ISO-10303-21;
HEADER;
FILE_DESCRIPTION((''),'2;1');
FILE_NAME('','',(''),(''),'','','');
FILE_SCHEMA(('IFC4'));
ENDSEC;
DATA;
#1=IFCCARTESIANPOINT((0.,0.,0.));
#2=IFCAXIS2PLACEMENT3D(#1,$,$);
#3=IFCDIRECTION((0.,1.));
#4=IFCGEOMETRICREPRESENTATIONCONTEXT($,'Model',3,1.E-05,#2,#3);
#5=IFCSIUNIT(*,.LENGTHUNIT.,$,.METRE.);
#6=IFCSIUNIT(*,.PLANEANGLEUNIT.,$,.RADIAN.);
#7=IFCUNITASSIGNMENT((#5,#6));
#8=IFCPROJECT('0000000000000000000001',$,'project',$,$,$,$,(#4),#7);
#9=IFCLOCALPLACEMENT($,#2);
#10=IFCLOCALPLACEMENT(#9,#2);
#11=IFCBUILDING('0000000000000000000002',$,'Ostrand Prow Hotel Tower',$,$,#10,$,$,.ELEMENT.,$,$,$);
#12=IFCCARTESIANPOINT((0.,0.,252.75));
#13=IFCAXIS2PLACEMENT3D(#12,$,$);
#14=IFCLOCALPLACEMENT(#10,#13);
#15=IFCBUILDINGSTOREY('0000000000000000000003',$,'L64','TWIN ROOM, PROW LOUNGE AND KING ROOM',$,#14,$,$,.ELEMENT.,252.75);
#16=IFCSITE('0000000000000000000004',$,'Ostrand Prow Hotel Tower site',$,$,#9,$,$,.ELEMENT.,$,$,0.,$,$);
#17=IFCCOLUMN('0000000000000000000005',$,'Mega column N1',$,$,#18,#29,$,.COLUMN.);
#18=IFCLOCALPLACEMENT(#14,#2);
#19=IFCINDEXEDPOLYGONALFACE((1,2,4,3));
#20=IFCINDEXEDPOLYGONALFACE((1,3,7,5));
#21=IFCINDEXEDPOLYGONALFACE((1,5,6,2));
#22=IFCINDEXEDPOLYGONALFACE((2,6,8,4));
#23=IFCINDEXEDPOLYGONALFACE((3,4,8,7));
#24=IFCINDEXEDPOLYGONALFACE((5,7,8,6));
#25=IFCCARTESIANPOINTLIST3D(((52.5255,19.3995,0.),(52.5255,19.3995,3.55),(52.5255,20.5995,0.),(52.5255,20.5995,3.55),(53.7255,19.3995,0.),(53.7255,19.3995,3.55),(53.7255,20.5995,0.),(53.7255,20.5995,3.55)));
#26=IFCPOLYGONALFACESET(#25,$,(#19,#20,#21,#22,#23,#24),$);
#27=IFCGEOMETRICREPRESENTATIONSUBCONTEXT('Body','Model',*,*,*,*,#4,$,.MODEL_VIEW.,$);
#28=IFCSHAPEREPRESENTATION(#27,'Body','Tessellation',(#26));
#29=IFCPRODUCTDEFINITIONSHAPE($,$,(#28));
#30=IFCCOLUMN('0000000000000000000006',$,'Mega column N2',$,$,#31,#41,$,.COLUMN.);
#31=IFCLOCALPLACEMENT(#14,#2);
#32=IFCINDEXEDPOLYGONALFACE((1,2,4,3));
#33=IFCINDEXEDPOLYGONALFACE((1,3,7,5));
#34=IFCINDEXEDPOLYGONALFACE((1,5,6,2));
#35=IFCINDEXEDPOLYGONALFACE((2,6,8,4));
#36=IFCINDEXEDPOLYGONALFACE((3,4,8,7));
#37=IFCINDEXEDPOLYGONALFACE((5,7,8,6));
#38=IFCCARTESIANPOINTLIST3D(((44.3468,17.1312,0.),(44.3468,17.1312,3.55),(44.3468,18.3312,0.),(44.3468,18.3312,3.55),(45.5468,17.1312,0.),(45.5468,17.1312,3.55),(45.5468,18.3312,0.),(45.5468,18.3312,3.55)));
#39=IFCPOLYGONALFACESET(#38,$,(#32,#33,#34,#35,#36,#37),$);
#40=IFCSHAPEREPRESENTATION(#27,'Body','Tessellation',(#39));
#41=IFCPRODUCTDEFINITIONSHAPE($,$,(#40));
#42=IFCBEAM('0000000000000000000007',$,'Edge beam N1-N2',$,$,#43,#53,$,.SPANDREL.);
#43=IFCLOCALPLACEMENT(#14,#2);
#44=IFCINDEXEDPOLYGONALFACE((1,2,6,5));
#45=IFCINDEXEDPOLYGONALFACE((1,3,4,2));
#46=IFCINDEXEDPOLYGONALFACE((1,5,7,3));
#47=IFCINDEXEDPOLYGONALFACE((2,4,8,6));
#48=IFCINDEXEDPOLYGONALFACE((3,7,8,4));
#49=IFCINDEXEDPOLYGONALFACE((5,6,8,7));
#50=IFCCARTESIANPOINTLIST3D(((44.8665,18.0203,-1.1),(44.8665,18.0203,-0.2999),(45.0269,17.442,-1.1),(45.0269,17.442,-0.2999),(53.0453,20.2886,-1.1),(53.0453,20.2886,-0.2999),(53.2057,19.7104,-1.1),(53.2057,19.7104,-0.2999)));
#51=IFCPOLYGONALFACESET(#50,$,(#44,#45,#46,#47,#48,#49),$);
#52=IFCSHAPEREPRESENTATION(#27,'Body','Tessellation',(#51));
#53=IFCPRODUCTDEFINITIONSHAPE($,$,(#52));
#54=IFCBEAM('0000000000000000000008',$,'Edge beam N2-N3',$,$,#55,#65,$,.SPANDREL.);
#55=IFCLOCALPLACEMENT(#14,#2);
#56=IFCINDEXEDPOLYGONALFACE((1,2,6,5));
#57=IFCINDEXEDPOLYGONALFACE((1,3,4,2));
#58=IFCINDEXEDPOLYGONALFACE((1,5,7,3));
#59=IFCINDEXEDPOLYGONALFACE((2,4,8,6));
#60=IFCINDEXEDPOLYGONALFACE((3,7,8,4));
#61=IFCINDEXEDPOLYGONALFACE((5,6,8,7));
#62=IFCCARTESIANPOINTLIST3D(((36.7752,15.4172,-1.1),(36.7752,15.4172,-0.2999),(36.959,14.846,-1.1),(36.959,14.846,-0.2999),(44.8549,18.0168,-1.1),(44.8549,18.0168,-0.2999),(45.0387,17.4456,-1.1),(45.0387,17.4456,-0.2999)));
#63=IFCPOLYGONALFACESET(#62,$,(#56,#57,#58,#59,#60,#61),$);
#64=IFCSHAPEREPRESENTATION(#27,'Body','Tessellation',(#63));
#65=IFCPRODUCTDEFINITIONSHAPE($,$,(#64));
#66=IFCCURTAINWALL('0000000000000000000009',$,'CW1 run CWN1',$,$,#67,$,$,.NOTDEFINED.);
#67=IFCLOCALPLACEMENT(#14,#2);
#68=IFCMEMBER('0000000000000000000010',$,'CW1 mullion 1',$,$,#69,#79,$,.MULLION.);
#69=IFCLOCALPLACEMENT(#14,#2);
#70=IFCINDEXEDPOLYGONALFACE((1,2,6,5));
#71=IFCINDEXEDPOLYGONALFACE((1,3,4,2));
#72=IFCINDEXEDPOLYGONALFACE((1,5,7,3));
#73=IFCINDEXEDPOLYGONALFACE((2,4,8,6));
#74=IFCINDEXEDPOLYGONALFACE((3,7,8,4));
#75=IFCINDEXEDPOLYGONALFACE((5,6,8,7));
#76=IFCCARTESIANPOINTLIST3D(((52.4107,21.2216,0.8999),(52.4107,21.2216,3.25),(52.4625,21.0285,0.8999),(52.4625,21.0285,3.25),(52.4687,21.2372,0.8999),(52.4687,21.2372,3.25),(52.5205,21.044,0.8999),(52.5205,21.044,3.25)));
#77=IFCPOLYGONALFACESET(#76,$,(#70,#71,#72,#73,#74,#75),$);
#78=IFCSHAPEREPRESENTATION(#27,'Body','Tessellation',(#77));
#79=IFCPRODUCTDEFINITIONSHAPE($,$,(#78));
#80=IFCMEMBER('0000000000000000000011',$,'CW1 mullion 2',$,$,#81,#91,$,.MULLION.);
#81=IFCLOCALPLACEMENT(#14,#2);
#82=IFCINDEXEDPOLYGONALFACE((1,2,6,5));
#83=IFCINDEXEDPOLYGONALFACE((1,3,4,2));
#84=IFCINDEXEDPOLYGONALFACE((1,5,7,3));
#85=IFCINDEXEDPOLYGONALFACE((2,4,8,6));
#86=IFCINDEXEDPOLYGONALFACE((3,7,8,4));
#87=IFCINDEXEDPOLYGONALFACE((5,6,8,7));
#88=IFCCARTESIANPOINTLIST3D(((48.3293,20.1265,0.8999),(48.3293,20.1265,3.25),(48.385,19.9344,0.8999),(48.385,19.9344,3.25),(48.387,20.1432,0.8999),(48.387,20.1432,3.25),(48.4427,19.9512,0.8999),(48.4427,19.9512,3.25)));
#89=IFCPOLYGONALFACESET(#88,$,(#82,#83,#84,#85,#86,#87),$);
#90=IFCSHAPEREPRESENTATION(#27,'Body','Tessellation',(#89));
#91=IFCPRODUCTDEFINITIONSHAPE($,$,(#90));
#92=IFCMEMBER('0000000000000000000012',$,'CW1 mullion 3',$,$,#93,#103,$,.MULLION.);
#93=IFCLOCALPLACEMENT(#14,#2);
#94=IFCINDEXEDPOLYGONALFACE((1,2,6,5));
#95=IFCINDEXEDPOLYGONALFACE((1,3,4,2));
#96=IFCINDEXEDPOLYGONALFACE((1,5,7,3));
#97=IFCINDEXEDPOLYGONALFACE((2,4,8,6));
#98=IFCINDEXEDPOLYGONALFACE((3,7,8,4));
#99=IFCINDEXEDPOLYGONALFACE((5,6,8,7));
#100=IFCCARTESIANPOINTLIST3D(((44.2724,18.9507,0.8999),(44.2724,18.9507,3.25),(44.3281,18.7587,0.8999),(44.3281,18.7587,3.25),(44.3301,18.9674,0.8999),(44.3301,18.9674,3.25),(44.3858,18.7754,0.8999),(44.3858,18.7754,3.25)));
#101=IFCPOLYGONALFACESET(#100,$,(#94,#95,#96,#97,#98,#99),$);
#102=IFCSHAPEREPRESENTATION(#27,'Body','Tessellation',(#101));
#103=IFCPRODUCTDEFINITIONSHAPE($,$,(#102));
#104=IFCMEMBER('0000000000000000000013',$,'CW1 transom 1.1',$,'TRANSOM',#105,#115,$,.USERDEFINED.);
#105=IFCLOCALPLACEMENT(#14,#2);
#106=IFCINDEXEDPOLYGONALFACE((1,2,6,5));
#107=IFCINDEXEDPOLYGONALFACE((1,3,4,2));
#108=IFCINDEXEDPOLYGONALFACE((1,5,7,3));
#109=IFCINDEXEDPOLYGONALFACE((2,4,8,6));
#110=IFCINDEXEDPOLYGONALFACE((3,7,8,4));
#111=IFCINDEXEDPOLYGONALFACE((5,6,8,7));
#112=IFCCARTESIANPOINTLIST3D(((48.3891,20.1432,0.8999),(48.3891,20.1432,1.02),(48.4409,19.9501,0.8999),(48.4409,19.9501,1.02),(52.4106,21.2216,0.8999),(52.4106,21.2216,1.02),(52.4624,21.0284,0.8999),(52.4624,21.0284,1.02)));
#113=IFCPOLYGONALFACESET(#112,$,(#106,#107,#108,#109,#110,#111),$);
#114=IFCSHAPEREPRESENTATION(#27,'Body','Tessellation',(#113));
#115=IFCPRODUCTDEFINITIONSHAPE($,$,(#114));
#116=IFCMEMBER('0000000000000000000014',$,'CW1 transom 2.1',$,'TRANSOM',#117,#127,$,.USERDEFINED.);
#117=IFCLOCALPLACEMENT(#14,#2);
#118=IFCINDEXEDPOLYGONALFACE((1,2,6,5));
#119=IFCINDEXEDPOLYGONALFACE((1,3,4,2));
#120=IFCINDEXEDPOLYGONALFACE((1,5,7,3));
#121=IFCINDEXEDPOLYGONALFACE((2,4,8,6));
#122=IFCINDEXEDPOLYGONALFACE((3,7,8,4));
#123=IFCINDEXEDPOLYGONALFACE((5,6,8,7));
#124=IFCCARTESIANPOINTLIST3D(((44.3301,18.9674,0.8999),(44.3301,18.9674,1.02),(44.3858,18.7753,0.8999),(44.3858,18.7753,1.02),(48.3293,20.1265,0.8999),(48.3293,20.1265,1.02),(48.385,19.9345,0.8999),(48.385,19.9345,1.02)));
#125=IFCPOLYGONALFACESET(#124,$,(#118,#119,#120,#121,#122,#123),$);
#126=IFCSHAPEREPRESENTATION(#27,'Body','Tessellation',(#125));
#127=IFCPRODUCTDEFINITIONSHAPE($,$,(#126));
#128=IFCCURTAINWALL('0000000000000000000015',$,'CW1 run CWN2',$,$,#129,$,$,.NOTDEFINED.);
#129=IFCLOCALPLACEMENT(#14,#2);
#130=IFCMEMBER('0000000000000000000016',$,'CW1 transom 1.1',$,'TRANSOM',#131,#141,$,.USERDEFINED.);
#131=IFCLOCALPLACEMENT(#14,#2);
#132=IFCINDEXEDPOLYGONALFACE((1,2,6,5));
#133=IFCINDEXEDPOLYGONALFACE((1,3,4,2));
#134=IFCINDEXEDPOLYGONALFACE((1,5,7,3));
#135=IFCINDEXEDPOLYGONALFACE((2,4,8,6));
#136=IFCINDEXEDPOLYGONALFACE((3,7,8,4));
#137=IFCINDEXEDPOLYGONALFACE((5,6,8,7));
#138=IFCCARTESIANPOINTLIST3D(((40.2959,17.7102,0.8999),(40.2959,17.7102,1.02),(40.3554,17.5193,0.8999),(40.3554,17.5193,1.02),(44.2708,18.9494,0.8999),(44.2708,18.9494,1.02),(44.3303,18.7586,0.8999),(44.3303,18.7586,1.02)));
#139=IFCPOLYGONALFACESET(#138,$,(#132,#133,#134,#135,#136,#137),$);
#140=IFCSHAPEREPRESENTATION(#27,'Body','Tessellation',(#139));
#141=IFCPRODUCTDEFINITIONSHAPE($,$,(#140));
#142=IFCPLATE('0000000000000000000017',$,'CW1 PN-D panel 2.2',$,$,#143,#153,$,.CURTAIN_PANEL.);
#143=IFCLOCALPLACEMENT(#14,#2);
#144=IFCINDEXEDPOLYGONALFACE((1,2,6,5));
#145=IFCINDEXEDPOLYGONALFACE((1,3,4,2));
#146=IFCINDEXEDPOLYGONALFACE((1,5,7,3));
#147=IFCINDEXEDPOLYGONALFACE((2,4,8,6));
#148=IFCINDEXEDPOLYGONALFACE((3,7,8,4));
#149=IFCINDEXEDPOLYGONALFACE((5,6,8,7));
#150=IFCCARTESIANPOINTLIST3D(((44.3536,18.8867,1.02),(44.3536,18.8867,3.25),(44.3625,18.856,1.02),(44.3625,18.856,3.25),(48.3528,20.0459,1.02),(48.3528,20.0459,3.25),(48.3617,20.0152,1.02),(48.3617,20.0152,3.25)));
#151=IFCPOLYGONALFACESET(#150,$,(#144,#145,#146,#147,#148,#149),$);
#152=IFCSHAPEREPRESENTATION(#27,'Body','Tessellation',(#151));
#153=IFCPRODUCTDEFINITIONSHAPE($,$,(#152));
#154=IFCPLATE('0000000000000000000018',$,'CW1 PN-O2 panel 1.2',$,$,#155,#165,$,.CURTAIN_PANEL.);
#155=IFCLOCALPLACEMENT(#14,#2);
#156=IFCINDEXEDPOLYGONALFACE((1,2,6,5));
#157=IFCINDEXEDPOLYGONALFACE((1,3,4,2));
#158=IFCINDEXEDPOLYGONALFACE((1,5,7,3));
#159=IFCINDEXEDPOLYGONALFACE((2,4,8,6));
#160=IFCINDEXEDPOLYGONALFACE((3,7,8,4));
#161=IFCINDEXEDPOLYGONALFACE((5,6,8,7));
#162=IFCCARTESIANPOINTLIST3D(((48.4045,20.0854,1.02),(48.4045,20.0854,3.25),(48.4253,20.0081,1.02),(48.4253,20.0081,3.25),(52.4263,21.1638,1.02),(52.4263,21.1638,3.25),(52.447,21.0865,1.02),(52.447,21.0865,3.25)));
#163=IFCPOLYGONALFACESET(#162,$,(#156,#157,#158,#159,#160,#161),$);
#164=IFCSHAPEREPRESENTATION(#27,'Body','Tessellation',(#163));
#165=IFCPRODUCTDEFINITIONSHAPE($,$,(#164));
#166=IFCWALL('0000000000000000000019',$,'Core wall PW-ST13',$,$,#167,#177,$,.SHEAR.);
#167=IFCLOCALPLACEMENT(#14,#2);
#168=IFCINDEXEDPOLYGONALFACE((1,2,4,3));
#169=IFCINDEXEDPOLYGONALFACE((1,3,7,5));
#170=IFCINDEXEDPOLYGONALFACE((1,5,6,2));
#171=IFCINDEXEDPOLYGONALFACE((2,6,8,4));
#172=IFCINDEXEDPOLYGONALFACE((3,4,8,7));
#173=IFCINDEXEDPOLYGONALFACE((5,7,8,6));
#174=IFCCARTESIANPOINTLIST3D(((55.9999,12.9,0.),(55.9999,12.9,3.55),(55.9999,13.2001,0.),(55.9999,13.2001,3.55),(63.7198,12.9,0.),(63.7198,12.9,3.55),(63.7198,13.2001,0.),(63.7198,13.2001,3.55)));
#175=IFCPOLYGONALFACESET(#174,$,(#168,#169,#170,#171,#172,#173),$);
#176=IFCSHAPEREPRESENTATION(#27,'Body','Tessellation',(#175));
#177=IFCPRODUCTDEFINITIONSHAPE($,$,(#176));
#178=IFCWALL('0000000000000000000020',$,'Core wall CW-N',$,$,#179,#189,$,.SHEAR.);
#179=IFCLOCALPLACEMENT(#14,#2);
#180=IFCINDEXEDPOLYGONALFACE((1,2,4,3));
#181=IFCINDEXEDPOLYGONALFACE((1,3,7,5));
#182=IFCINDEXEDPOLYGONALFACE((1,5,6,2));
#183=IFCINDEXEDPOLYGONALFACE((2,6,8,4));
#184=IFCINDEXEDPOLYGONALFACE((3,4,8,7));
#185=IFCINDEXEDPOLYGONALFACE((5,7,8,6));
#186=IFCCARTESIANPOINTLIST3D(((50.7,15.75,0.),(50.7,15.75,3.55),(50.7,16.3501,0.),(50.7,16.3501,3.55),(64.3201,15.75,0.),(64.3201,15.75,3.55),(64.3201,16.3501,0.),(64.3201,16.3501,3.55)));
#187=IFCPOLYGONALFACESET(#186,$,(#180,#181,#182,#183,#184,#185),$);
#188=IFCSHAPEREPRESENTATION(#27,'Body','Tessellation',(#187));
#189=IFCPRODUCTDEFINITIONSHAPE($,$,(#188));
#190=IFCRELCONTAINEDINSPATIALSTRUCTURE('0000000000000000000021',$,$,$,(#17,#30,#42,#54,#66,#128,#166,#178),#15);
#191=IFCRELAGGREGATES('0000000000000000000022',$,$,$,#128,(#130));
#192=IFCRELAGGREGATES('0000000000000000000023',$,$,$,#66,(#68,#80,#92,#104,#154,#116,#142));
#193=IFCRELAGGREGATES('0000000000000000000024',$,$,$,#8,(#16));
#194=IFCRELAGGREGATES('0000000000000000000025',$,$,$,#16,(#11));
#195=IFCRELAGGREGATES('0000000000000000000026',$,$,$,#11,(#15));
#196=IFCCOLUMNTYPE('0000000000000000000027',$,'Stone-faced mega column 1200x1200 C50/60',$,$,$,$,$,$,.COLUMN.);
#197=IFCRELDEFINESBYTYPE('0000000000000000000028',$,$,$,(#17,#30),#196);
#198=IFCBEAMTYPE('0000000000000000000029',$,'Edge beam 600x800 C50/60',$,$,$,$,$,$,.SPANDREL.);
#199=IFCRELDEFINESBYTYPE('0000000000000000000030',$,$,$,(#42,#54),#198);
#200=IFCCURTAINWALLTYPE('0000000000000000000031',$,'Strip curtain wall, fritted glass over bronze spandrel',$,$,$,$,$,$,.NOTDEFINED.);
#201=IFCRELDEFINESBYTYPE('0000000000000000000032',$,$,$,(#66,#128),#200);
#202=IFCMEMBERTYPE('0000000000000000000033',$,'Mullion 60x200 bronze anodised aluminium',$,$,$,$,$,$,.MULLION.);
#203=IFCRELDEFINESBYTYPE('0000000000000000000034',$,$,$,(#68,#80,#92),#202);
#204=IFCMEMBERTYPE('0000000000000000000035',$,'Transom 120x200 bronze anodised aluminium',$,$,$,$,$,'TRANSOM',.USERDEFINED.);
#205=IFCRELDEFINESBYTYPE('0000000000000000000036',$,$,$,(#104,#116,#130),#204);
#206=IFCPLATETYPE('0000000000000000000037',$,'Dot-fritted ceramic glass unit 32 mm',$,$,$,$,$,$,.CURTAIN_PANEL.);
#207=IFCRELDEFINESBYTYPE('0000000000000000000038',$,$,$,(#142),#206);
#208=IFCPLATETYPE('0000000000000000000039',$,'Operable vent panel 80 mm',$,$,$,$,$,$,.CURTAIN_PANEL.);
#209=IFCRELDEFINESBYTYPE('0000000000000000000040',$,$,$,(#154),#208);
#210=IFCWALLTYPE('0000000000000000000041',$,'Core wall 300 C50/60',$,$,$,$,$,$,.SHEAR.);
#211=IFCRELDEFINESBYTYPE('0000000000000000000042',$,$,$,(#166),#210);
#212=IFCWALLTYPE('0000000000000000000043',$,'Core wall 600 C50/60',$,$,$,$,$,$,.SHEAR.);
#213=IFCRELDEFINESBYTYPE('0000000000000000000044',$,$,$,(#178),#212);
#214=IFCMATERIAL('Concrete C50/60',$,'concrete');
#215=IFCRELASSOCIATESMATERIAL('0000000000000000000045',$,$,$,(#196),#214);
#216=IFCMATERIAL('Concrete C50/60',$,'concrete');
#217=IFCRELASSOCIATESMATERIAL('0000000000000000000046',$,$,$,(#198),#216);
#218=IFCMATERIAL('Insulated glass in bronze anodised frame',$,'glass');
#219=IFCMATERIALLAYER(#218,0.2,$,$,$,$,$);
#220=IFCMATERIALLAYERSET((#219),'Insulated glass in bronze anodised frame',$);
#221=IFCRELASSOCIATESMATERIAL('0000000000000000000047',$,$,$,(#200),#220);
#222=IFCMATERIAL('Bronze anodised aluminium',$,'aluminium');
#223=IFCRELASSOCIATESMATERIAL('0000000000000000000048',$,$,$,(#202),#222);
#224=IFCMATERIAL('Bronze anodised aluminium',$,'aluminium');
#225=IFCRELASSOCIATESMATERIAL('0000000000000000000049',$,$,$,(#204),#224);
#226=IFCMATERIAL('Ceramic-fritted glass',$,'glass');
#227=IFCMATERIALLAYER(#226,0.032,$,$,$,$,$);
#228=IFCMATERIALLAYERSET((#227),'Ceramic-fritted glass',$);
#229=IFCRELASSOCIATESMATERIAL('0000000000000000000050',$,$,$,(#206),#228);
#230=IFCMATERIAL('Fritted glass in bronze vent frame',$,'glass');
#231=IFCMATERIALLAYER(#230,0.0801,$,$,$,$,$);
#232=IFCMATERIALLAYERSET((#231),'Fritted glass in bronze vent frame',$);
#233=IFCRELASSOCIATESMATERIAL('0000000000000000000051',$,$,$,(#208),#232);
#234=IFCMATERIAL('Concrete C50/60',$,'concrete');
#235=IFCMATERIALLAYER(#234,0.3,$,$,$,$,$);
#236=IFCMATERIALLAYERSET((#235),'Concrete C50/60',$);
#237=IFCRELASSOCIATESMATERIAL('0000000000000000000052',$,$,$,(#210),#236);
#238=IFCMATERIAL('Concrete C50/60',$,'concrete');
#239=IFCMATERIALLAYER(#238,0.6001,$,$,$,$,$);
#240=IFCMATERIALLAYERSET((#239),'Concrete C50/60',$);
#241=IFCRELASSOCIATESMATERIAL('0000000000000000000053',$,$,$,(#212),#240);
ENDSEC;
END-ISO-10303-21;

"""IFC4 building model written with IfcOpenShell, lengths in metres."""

from ifc_helpers import new_model, si_unit, direction, frame, frame_2d, origin, origin_2d, place, context, subcontext, project, spatial, rectangle, extrude, material, layer, layer_set, material_profile, profile_set, type_object, element, aggregate, save


model = new_model("IFC4")

# Units and contexts
model_context = context("Model", 3, precision=1e-05, world=origin(), true_north=direction((0.0, 1.0)))
body_context = subcontext(model_context, "Body", "Model", "MODEL_VIEW")
ifc_project = project(units=[si_unit("LENGTHUNIT", "METRE"), si_unit("PLANEANGLEUNIT", "RADIAN")], contexts=[model_context])

# Site, building, storey
site_placement = place(None, origin())
site = spatial("IfcSite", under=ifc_project, at=site_placement, Name="Ostrand Prow Hotel Tower site", CompositionType="ELEMENT", RefElevation=0.0)
building_placement = place(site_placement, origin())
building = spatial("IfcBuilding", under=site, at=building_placement, Name="Ostrand Prow Hotel Tower", CompositionType="ELEMENT")
storey_placement = place(building_placement, frame((0.0, 0.0, 252.75)))
storey = spatial("IfcBuildingStorey", under=building, at=storey_placement, Name="L64", Description="TWIN ROOM, PROW LOUNGE AND KING ROOM", CompositionType="ELEMENT", Elevation=252.75)

# Columns
ifc_material_1 = material(Name="Concrete C50/60", Category="concrete")
ifc_material_profile_1 = material_profile(ifc_material_1, rectangle(XDim=1.2, YDim=1.2, at=origin_2d()), Name="RC 1200x1200")
ifc_profile_set_1 = profile_set([ifc_material_profile_1], Name="Concrete C50/60")
column_type = type_object("IfcColumnType", Name="Stone-faced mega column 1200x1200 C50/60", PredefinedType="COLUMN", material=ifc_profile_set_1)
for number, where, z_axis, x_axis, name in (
    (1, (53.1255, 19.9995, 0.0), (0.0, 0.0, 1.0), (1.0, 0.0, 0.0), "Mega column N1"),
    (2, (44.9468, 17.7312, 0.0), (0.0, 0.0, 1.0), (1.0, 0.0, 0.0), "Mega column N2"),
):
    element("IfcColumn", number, at=place(storey_placement, frame(where, z_axis=z_axis, x_axis=x_axis)), inside=storey, type_object=column_type, Name=name, PredefinedType="COLUMN", context=body_context, shape_type="SweptSolid", body=[
        extrude(rectangle(XDim=1.2, YDim=1.2, at=origin_2d()), origin(), (0.0, 0.0, 1.0), 3.55),
    ])

# Beams
ifc_material_2 = material(Name="Concrete C50/60", Category="concrete")
ifc_material_profile_2 = material_profile(ifc_material_2, rectangle(XDim=0.6001, YDim=0.8, at=origin_2d()), Name="RC 600x800")
ifc_profile_set_2 = profile_set([ifc_material_profile_2], Name="Concrete C50/60")
beam_type = type_object("IfcBeamType", Name="Edge beam 600x800 C50/60", PredefinedType="SPANDREL", material=ifc_profile_set_2)
for number, where, z_axis, x_axis, name in (
    (3, (53.1255, 19.9995, -0.7), (-0.963626, -0.267255, 0.0), (0.267255, -0.963626, 0.0), "Edge beam N1-N2"),
    (4, (44.9468, 17.7312, -0.7), (-0.951939, -0.306287, 0.0), (0.306287, -0.951939, 0.0), "Edge beam N2-N3"),
):
    element("IfcBeam", number, at=place(storey_placement, frame(where, z_axis=z_axis, x_axis=x_axis)), inside=storey, type_object=beam_type, Name=name, PredefinedType="SPANDREL", context=body_context, shape_type="SweptSolid", body=[
        extrude(rectangle(XDim=0.6001, YDim=0.8, at=origin_2d()), origin(), (0.0, 0.0, 1.0), 8.4875),
    ])

# Curtain wall, members
ifc_material_3 = material(Name="Insulated glass in bronze anodised frame", Category="glass")
ifc_layer_1 = layer(ifc_material_3, 0.2)
ifc_layer_set_1 = layer_set([ifc_layer_1], Name="Insulated glass in bronze anodised frame")
curtain_wall_type = type_object("IfcCurtainWallType", Name="Strip curtain wall, fritted glass over bronze spandrel", PredefinedType="NOTDEFINED", material=ifc_layer_set_1)
curtain_wall_1_placement = place(storey_placement, origin())
curtain_wall_1 = element("IfcCurtainWall", 5, at=curtain_wall_1_placement, inside=storey, type_object=curtain_wall_type, Name="CW1 run CWN1", PredefinedType="NOTDEFINED")
ifc_material_4 = material(Name="Bronze anodised aluminium", Category="aluminium")
ifc_material_profile_3 = material_profile(ifc_material_4, rectangle(XDim=0.2, YDim=0.0601, at=origin_2d()), Name="Mullion 60x200 bronze anodised aluminium")
ifc_profile_set_3 = profile_set([ifc_material_profile_3], Name="Bronze anodised aluminium")
member_type_1 = type_object("IfcMemberType", Name="Mullion 60x200 bronze anodised aluminium", PredefinedType="MULLION", material=ifc_profile_set_3)
member_1_placement = place(storey_placement, frame((52.4656, 21.1328, 0.8999), z_axis=(0.0, 0.0, 1.0), x_axis=(0.258994, -0.965879, 0.0)))
member_1 = element("IfcMember", 6, at=member_1_placement, type_object=member_type_1, Name="CW1 mullion 1", PredefinedType="MULLION", context=body_context, shape_type="SweptSolid", body=[
    extrude(rectangle(XDim=0.2, YDim=0.0601, at=origin_2d()), origin(), (0.0, 0.0, 1.0), 2.3501),
])
member_2_placement = place(storey_placement, frame((48.386, 20.0388, 0.8999), z_axis=(0.0, 0.0, 1.0), x_axis=(0.278393, -0.960467, 0.0)))
member_2 = element("IfcMember", 7, at=member_2_placement, type_object=member_type_1, Name="CW1 mullion 2", PredefinedType="MULLION", context=body_context, shape_type="SweptSolid", body=[
    extrude(rectangle(XDim=0.2, YDim=0.0601, at=origin_2d()), origin(), (0.0, 0.0, 1.0), 2.3501),
])
member_3_placement = place(storey_placement, frame((44.3291, 18.863, 0.8999), z_axis=(0.0, 0.0, 1.0), x_axis=(0.278393, -0.960467, 0.0)))
member_3 = element("IfcMember", 8, at=member_3_placement, type_object=member_type_1, Name="CW1 mullion 3", PredefinedType="MULLION", context=body_context, shape_type="SweptSolid", body=[
    extrude(rectangle(XDim=0.2, YDim=0.0601, at=origin_2d()), origin(), (0.0, 0.0, 1.0), 2.3501),
])
ifc_material_5 = material(Name="Bronze anodised aluminium", Category="aluminium")
ifc_material_profile_4 = material_profile(ifc_material_5, rectangle(XDim=0.2, YDim=0.1201, at=origin_2d()), Name="Transom 120x200 bronze anodised aluminium")
ifc_profile_set_4 = profile_set([ifc_material_profile_4], Name="Bronze anodised aluminium")
member_type_2 = type_object("IfcMemberType", Name="Transom 120x200 bronze anodised aluminium", ElementType="TRANSOM", PredefinedType="USERDEFINED", material=ifc_profile_set_4)
member_4_placement = place(storey_placement, frame((52.4365, 21.125, 0.96), z_axis=(-0.965877, -0.259002, 0.0), x_axis=(0.259002, -0.965877, 0.0)))
member_4 = element("IfcMember", 9, at=member_4_placement, type_object=member_type_2, Name="CW1 transom 1.1", ObjectType="TRANSOM", PredefinedType="USERDEFINED", context=body_context, shape_type="SweptSolid", body=[
    extrude(rectangle(XDim=0.2, YDim=0.1201, at=origin_2d()), origin(), (0.0, 0.0, 1.0), 4.1636),
])
member_5_placement = place(storey_placement, frame((48.3572, 20.0305, 0.96), z_axis=(-0.960468, -0.27839, 0.0), x_axis=(0.27839, -0.960468, 0.0)))
member_5 = element("IfcMember", 10, at=member_5_placement, type_object=member_type_2, Name="CW1 transom 2.1", ObjectType="TRANSOM", PredefinedType="USERDEFINED", context=body_context, shape_type="SweptSolid", body=[
    extrude(rectangle(XDim=0.2, YDim=0.1201, at=origin_2d()), origin(), (0.0, 0.0, 1.0), 4.1638),
])

# Curtain wall, member
curtain_wall_2_placement = place(storey_placement, origin())
curtain_wall_2 = element("IfcCurtainWall", 11, at=curtain_wall_2_placement, inside=storey, type_object=curtain_wall_type, Name="CW1 run CWN2", PredefinedType="NOTDEFINED")
member_6_placement = place(storey_placement, frame((44.3005, 18.854, 0.96), z_axis=(-0.954677, -0.297644, 0.0), x_axis=(0.297644, -0.954677, 0.0)))
member_6 = element("IfcMember", 12, at=member_6_placement, type_object=member_type_2, Name="CW1 transom 1.1", ObjectType="TRANSOM", PredefinedType="USERDEFINED", context=body_context, shape_type="SweptSolid", body=[
    extrude(rectangle(XDim=0.2, YDim=0.1201, at=origin_2d()), origin(), (0.0, 0.0, 1.0), 4.1636),
])
aggregate(curtain_wall_2, [member_6])

# Plates
ifc_material_6 = material(Name="Ceramic-fritted glass", Category="glass")
ifc_layer_2 = layer(ifc_material_6, 0.032)
ifc_layer_set_2 = layer_set([ifc_layer_2], Name="Ceramic-fritted glass")
plate_type_1 = type_object("IfcPlateType", Name="Dot-fritted ceramic glass unit 32 mm", PredefinedType="CURTAIN_PANEL", material=ifc_layer_set_2)
plate_1_placement = place(storey_placement, frame((46.3577, 19.4509, 1.02), z_axis=(0.0, 0.0, 1.0), x_axis=(-0.960467, -0.278393, 0.0)))
plate_1 = element("IfcPlate", 13, at=plate_1_placement, type_object=plate_type_1, Name="CW1 PN-D panel 2.2", PredefinedType="CURTAIN_PANEL", context=body_context, shape_type="SweptSolid", body=[
    extrude(rectangle(XDim=4.1638, YDim=0.032, at=origin_2d()), origin(), (0.0, 0.0, 1.0), 2.23),
])
ifc_material_7 = material(Name="Fritted glass in bronze vent frame", Category="glass")
ifc_layer_3 = layer(ifc_material_7, 0.0801)
ifc_layer_set_3 = layer_set([ifc_layer_3], Name="Fritted glass in bronze vent frame")
plate_type_2 = type_object("IfcPlateType", Name="Operable vent panel 80 mm", PredefinedType="CURTAIN_PANEL", material=ifc_layer_set_3)
plate_2_placement = place(storey_placement, frame((50.4258, 20.5859, 1.02), z_axis=(0.0, 0.0, 1.0), x_axis=(-0.965879, -0.258994, 0.0)))
plate_2 = element("IfcPlate", 14, at=plate_2_placement, type_object=plate_type_2, Name="CW1 PN-O2 panel 1.2", PredefinedType="CURTAIN_PANEL", context=body_context, shape_type="SweptSolid", body=[
    extrude(rectangle(XDim=4.1638, YDim=0.0801, at=origin_2d()), origin(), (0.0, 0.0, 1.0), 2.23),
])
aggregate(curtain_wall_1, [member_1, member_2, member_3, member_4, plate_2, member_5, plate_1])

# Walls
ifc_material_8 = material(Name="Concrete C50/60", Category="concrete")
ifc_layer_4 = layer(ifc_material_8, 0.3)
ifc_layer_set_4 = layer_set([ifc_layer_4], Name="Concrete C50/60")
wall_type_1 = type_object("IfcWallType", Name="Core wall 300 C50/60", PredefinedType="SHEAR", material=ifc_layer_set_4)
wall_1_placement = place(storey_placement, frame((56.0, 13.05, 0.0), z_axis=(0.0, 0.0, 1.0), x_axis=(1.0, 0.0, 0.0)))
element("IfcWall", 15, at=wall_1_placement, inside=storey, type_object=wall_type_1, Name="Core wall PW-ST13", PredefinedType="SHEAR", context=body_context, shape_type="SweptSolid", body=[
    extrude(rectangle(XDim=7.72, YDim=0.3, at=frame_2d((3.8599, 0.0))), origin(), (0.0, 0.0, 1.0), 3.55),
])
ifc_material_9 = material(Name="Concrete C50/60", Category="concrete")
ifc_layer_5 = layer(ifc_material_9, 0.6001)
ifc_layer_set_5 = layer_set([ifc_layer_5], Name="Concrete C50/60")
wall_type_2 = type_object("IfcWallType", Name="Core wall 600 C50/60", PredefinedType="SHEAR", material=ifc_layer_set_5)
wall_2_placement = place(storey_placement, frame((50.7, 16.05, 0.0), z_axis=(0.0, 0.0, 1.0), x_axis=(1.0, 0.0, 0.0)))
element("IfcWall", 16, at=wall_2_placement, inside=storey, type_object=wall_type_2, Name="Core wall CW-N", PredefinedType="SHEAR", context=body_context, shape_type="SweptSolid", body=[
    extrude(rectangle(XDim=13.6201, YDim=0.6001, at=frame_2d((6.8101, 0.0))), origin(), (0.0, 0.0, 1.0), 3.55),
])

save(model, "model.ifc")
